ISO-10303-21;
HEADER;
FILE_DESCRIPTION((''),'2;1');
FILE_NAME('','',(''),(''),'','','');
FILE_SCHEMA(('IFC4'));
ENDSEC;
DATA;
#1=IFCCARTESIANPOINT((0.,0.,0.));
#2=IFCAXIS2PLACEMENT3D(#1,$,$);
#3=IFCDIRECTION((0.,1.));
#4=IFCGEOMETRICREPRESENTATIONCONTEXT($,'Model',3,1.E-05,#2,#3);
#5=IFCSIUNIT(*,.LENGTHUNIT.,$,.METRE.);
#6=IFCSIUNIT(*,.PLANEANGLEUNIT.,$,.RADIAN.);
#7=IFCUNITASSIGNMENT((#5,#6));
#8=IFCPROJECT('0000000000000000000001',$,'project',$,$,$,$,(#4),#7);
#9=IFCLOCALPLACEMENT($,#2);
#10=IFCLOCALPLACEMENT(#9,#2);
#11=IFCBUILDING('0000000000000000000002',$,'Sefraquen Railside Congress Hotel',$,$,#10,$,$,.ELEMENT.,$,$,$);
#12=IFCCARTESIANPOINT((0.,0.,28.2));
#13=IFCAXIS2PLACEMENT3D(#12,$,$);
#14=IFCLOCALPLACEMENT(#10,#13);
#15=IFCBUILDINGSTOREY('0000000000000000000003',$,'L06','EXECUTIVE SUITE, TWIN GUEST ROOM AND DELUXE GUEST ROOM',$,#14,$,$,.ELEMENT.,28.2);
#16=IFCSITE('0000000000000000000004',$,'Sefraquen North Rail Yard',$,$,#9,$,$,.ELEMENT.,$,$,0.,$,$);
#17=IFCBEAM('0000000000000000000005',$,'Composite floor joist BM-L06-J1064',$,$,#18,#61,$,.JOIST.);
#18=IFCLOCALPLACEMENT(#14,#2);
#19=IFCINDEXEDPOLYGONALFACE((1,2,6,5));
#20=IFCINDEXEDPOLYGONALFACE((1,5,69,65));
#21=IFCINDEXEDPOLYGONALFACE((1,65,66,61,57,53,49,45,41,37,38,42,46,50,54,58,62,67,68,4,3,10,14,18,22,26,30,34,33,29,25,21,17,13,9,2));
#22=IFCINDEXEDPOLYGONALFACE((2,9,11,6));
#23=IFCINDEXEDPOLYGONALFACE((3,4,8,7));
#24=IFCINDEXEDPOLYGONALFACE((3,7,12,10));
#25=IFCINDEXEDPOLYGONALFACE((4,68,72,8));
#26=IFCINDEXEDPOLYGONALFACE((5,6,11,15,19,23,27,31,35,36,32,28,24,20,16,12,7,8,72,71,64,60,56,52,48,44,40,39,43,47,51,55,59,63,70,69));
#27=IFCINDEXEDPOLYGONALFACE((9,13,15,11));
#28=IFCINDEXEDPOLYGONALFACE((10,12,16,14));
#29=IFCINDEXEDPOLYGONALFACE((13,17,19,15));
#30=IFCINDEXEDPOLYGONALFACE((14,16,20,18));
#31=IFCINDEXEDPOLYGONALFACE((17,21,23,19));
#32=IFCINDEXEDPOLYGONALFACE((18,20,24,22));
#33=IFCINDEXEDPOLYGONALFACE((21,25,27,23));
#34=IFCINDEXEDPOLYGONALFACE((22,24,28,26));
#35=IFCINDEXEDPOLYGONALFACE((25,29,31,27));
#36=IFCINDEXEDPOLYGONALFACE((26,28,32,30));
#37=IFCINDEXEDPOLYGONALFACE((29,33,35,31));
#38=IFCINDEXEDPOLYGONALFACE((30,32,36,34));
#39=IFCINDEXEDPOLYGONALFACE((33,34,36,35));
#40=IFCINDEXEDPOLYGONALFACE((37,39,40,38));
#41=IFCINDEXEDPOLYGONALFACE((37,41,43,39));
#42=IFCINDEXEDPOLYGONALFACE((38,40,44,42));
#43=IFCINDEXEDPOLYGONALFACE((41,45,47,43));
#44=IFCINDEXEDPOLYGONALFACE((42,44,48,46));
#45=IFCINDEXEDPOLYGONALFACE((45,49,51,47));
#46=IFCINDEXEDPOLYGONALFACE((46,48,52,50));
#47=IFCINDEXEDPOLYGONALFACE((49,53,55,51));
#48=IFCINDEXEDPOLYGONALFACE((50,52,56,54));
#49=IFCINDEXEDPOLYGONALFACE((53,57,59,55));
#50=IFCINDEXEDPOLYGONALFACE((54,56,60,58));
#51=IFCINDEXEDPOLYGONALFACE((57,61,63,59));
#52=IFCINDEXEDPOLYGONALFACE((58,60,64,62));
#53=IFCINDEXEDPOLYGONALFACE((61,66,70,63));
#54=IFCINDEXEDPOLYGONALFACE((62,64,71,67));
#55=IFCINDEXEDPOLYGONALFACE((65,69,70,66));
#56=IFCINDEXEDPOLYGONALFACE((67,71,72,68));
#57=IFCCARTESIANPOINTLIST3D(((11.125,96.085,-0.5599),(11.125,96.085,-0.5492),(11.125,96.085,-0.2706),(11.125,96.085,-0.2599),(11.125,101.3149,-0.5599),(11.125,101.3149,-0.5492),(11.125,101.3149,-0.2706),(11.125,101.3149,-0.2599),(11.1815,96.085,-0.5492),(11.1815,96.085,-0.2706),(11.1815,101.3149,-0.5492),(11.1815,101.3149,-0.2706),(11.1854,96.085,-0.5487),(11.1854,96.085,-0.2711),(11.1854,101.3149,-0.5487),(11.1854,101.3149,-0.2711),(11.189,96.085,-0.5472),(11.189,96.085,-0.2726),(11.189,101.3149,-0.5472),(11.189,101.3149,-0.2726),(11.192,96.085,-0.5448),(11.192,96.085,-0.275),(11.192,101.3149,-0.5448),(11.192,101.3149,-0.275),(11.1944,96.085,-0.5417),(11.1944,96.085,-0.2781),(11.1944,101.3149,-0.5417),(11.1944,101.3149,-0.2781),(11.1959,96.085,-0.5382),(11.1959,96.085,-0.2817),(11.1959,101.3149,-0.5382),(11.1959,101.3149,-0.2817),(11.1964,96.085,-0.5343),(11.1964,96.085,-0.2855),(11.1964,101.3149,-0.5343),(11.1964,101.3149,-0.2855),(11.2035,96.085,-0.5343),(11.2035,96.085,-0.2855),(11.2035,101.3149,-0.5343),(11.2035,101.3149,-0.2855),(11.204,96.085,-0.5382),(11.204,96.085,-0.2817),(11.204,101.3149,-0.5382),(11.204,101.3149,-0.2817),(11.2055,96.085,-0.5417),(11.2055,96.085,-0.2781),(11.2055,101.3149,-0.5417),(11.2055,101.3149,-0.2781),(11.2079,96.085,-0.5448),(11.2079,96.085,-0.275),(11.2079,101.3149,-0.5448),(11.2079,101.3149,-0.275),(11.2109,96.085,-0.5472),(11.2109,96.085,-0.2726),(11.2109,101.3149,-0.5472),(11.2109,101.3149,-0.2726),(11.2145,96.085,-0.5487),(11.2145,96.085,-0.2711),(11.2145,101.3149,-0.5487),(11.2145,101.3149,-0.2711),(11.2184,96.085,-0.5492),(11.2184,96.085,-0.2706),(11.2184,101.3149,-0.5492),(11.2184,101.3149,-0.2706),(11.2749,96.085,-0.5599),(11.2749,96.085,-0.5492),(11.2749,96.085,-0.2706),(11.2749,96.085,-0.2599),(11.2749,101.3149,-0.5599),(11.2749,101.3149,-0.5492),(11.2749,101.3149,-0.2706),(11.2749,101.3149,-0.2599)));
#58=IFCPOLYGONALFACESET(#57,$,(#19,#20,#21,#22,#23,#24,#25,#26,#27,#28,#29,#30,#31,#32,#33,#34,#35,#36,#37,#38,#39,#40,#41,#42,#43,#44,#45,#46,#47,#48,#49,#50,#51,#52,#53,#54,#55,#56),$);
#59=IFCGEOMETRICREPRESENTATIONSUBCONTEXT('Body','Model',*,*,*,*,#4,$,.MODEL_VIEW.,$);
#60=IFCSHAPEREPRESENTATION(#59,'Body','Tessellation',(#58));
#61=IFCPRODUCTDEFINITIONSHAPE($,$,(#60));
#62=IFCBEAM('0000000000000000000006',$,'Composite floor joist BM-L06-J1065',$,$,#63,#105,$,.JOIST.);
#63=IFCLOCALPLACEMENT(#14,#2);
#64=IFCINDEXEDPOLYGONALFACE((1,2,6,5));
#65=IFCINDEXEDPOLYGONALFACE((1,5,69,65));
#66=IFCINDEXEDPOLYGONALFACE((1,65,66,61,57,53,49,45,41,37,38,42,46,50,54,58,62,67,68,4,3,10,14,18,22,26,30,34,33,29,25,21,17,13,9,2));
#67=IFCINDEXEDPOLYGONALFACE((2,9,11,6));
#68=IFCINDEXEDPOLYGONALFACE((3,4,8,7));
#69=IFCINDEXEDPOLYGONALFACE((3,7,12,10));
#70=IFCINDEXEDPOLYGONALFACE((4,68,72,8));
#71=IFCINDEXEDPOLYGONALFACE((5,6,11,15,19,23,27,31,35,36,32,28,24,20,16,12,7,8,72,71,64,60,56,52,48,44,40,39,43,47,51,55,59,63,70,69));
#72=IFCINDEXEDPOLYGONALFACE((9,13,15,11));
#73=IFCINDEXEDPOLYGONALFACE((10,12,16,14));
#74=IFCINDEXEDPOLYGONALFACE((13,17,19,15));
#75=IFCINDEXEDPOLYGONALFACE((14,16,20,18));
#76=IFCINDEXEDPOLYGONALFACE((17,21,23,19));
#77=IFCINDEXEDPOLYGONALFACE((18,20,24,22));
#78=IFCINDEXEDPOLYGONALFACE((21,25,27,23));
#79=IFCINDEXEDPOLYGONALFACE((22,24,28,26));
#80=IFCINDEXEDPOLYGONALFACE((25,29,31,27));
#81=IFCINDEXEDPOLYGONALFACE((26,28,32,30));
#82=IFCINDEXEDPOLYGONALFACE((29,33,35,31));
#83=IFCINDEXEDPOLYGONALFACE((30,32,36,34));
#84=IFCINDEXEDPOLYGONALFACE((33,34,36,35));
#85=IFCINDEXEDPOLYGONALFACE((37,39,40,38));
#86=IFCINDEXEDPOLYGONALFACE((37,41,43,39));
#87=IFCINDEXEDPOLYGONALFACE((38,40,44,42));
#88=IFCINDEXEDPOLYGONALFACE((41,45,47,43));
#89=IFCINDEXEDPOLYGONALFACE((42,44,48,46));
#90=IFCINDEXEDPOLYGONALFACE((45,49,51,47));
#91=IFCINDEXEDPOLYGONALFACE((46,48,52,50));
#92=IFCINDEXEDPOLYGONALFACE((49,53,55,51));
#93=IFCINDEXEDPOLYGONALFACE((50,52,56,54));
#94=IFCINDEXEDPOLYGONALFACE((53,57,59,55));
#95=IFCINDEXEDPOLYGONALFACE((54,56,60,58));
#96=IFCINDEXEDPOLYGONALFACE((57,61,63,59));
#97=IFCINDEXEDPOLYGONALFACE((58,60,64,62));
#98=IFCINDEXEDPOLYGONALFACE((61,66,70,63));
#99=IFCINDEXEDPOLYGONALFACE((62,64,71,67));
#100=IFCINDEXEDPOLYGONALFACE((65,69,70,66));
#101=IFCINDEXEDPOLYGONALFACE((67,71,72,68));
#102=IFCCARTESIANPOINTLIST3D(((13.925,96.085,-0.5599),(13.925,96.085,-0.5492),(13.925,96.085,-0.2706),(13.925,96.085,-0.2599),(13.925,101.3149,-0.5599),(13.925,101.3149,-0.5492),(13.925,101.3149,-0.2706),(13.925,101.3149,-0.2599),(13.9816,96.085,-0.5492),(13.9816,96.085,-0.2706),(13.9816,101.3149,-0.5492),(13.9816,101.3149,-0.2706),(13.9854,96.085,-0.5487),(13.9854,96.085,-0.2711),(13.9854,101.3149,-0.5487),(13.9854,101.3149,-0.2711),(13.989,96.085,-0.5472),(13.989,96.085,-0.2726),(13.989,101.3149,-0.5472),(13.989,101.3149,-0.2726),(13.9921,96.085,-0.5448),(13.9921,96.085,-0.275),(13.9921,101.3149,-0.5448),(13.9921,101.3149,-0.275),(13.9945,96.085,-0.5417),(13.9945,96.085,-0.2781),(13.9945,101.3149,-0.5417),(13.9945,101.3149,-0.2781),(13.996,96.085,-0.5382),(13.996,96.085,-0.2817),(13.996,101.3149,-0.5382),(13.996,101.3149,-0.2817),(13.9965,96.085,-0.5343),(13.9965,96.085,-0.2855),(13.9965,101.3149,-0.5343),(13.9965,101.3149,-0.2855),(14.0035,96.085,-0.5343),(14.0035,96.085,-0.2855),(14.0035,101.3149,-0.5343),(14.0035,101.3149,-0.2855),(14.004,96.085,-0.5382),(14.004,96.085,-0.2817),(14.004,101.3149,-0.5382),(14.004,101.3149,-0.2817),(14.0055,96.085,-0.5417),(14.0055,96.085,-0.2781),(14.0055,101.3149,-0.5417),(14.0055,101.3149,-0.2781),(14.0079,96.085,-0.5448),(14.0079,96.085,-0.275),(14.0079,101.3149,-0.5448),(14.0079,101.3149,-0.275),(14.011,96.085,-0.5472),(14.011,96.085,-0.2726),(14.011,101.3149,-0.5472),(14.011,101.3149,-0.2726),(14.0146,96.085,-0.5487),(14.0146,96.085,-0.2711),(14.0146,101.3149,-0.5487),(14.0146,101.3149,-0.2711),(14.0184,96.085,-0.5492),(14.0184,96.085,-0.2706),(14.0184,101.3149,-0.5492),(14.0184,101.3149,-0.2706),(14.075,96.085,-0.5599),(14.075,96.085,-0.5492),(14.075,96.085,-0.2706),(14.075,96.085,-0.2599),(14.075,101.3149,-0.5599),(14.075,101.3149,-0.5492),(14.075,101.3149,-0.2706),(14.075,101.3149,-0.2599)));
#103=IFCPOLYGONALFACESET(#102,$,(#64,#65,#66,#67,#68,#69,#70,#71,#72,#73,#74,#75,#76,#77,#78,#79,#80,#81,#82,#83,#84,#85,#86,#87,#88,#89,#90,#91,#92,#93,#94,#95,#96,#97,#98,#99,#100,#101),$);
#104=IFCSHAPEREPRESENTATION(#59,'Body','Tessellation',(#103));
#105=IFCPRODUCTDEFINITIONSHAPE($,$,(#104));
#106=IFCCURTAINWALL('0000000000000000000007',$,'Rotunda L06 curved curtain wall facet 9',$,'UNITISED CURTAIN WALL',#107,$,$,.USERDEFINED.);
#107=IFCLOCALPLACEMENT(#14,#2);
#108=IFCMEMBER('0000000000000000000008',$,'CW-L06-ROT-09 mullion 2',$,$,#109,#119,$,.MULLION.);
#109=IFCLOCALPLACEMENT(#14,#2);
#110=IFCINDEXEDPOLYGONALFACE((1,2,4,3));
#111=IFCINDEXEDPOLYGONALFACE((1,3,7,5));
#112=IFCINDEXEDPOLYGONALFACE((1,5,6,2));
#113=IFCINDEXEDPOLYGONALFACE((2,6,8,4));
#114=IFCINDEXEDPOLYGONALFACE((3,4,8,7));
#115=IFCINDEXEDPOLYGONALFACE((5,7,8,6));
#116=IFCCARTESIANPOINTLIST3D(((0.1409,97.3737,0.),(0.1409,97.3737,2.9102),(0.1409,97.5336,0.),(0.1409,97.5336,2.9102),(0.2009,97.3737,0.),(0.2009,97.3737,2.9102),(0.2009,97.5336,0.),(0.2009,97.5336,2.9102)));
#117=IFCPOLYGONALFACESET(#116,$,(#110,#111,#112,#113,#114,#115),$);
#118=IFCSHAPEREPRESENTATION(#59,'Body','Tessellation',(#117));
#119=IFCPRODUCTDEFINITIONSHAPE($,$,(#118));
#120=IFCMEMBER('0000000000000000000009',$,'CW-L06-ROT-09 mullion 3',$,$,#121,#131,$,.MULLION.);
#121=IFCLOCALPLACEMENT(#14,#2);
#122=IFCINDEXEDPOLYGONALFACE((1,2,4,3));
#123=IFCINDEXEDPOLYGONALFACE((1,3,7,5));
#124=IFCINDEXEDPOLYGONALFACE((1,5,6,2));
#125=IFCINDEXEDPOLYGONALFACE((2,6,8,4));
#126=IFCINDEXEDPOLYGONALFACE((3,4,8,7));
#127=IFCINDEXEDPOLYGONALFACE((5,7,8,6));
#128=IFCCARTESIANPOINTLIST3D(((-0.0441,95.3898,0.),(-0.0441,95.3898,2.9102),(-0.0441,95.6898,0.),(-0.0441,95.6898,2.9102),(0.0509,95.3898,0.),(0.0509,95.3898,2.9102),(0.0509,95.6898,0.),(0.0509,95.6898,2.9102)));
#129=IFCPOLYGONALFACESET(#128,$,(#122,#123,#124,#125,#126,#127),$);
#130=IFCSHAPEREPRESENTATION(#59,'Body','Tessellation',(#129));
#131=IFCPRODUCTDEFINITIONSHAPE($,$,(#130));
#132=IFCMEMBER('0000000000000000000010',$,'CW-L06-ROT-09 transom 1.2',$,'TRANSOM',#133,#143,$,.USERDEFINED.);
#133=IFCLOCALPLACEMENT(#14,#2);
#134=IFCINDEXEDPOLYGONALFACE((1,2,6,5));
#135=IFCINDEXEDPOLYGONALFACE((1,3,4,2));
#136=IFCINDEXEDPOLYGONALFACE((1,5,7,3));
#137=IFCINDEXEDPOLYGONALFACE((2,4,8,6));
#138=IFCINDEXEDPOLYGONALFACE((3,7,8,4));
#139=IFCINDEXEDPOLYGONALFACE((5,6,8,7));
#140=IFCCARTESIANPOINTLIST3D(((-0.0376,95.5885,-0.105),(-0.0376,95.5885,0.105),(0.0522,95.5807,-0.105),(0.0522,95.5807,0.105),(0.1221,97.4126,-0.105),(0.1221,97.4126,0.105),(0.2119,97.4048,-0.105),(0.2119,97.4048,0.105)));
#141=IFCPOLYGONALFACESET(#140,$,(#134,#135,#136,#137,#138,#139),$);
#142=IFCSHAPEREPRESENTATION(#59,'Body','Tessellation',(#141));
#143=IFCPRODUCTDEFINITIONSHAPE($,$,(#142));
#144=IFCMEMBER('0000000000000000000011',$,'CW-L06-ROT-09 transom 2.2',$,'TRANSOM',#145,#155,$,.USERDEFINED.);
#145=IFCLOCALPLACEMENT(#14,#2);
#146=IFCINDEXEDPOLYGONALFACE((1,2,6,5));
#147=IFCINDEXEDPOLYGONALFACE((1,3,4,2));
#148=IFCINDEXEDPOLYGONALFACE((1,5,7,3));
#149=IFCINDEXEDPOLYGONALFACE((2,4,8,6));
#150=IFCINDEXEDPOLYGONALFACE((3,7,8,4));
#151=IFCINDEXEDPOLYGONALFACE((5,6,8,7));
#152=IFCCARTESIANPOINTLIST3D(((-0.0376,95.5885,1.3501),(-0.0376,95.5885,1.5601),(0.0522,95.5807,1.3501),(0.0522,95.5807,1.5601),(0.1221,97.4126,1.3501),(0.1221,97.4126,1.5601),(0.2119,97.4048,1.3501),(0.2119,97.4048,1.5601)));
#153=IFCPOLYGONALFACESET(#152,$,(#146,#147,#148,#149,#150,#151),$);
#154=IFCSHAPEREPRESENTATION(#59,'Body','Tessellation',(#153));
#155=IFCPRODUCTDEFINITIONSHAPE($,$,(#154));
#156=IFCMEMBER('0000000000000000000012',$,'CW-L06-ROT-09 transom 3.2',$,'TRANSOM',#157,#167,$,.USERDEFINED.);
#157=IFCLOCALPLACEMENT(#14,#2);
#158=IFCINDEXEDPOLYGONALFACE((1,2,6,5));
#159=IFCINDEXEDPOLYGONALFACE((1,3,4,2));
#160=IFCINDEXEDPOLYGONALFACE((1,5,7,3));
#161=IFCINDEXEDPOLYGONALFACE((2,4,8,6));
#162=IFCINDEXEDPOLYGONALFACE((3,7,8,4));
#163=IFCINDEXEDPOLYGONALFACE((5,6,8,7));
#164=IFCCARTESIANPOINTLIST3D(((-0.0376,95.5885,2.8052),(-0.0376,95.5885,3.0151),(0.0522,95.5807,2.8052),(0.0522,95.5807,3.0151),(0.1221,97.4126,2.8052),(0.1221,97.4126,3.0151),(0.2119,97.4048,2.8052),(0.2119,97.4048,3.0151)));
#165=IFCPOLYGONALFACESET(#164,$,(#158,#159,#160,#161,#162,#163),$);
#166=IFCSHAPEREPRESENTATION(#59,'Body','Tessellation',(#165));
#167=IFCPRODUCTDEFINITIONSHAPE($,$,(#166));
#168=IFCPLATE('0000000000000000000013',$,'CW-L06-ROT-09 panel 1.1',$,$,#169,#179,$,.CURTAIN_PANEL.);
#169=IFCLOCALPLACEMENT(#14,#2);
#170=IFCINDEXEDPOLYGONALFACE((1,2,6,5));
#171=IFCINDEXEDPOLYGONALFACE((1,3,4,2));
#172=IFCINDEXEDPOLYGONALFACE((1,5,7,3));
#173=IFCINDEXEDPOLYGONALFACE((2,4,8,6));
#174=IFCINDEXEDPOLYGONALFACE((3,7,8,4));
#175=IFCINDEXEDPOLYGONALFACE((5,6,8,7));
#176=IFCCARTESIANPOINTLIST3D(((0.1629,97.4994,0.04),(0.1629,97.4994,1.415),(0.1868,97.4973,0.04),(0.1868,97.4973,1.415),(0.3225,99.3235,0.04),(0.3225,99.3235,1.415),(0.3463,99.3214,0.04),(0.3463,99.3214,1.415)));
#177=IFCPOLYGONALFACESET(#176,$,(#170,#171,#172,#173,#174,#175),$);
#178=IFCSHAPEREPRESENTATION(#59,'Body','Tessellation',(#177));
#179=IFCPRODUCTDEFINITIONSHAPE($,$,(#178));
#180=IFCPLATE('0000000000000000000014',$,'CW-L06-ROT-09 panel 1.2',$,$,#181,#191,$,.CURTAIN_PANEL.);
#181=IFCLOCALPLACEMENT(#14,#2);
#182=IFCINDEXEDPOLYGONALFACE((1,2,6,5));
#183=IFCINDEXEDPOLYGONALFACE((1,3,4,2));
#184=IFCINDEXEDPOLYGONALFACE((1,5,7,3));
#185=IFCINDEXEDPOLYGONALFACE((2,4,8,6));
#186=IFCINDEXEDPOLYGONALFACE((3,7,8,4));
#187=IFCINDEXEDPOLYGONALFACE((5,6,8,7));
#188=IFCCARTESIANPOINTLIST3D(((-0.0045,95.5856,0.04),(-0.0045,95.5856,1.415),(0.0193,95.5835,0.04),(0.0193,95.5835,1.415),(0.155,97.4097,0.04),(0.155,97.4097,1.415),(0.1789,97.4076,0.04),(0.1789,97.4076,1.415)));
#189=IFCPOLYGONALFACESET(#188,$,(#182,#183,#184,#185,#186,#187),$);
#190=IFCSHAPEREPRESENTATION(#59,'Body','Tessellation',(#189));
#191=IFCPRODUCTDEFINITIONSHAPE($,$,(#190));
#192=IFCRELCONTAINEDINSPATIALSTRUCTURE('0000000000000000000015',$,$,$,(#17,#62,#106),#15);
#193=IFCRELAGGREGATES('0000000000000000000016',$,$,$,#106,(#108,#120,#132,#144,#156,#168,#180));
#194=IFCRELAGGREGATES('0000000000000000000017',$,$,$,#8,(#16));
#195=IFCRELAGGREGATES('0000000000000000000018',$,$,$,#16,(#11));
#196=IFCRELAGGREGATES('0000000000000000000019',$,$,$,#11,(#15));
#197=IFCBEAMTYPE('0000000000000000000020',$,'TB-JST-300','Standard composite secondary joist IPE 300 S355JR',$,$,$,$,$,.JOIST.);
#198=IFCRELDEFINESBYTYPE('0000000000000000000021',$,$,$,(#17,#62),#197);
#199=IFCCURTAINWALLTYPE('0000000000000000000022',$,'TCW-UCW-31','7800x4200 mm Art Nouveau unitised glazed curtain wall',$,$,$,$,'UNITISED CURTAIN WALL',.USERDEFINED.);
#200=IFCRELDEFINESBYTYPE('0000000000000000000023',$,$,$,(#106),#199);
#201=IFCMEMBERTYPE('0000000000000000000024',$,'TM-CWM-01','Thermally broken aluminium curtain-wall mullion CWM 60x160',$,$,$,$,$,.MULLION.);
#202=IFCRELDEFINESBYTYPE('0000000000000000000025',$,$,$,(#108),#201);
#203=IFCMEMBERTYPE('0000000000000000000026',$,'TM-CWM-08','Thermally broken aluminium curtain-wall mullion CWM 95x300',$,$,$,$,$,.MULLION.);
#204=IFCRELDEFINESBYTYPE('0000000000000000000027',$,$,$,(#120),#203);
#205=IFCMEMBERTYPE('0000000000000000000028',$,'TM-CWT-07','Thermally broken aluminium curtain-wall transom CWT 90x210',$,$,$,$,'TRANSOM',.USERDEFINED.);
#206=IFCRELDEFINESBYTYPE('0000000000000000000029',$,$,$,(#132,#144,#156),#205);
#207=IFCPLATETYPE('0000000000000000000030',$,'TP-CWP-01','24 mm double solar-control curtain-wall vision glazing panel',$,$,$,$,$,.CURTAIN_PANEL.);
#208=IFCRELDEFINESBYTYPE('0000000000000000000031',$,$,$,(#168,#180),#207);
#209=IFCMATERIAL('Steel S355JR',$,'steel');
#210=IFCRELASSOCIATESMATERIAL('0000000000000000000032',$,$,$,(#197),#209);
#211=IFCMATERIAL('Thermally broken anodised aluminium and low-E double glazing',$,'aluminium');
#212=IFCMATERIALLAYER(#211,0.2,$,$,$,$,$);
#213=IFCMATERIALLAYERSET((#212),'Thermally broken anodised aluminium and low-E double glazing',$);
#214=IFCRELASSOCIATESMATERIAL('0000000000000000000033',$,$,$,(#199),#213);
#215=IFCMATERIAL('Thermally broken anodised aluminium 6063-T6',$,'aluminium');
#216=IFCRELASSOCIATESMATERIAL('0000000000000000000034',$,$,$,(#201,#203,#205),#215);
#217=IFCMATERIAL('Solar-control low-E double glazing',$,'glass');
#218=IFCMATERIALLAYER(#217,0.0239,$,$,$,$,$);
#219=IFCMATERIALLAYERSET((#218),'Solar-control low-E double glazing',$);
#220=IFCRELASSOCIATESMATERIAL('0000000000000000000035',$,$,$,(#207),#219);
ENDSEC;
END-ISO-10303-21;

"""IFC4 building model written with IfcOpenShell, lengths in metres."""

from ifc_helpers import new_model, si_unit, direction, frame, origin, origin_2d, place, context, subcontext, project, spatial, rectangle, i_section, extrude, material, layer, layer_set, material_profile, profile_set, type_object, element, aggregate, save


model = new_model("IFC4")

# Units and contexts
model_context = context("Model", 3, precision=1e-05, world=origin(), true_north=direction((0.0, 1.0)))
body_context = subcontext(model_context, "Body", "Model", "MODEL_VIEW")
ifc_project = project(units=[si_unit("LENGTHUNIT", "METRE"), si_unit("PLANEANGLEUNIT", "RADIAN")], contexts=[model_context])

# Site, building, storey
site_placement = place(None, origin())
site = spatial("IfcSite", under=ifc_project, at=site_placement, Name="Sefraquen North Rail Yard", CompositionType="ELEMENT", RefElevation=0.0)
building_placement = place(site_placement, origin())
building = spatial("IfcBuilding", under=site, at=building_placement, Name="Sefraquen Railside Congress Hotel", CompositionType="ELEMENT")
storey_placement = place(building_placement, frame((0.0, 0.0, 28.2)))
storey = spatial("IfcBuildingStorey", under=building, at=storey_placement, Name="L06", Description="EXECUTIVE SUITE, TWIN GUEST ROOM AND DELUXE GUEST ROOM", CompositionType="ELEMENT", Elevation=28.2)

# Shared definitions
ifc_material_1 = material(Name="Steel S355JR", Category="steel")

# Beams
ifc_material_profile_1 = material_profile(ifc_material_1, i_section(OverallWidth=0.1499, OverallDepth=0.3, WebThickness=0.0071, FlangeThickness=0.0107, FilletRadius=0.0149, at=origin_2d()), Name="IPE 300")
ifc_profile_set_1 = profile_set([ifc_material_profile_1], Name="Steel S355JR")
beam_type_1 = type_object("IfcBeamType", Name="TB-JST-300", Description="Standard composite secondary joist IPE 300 S355JR", PredefinedType="JOIST", material=ifc_profile_set_1)
for number, where, z_axis, x_axis, name in (
    (1, (11.2, 96.085, -0.4099), (0.0, 1.0, 0.0), (-1.0, 0.0, 0.0), "Composite floor joist BM-L06-J1064"),
    (2, (14.0, 96.085, -0.4099), (0.0, 1.0, 0.0), (-1.0, 0.0, 0.0), "Composite floor joist BM-L06-J1065"),
):
    element("IfcBeam", number, at=place(storey_placement, frame(where, z_axis=z_axis, x_axis=x_axis)), inside=storey, type_object=beam_type_1, Name=name, PredefinedType="JOIST", context=body_context, shape_type="SweptSolid", body=[
        extrude(i_section(OverallWidth=0.1499, OverallDepth=0.3, WebThickness=0.0071, FlangeThickness=0.0107, FilletRadius=0.0149, at=origin_2d()), origin(), (0.0, 0.0, 1.0), 5.23),
    ])

# Curtain wall, members, plates
ifc_material_2 = material(Name="Thermally broken anodised aluminium and low-E double glazing", Category="aluminium")
ifc_layer_1 = layer(ifc_material_2, 0.2)
ifc_layer_set_1 = layer_set([ifc_layer_1], Name="Thermally broken anodised aluminium and low-E double glazing")
curtain_wall_type = type_object("IfcCurtainWallType", Name="TCW-UCW-31", Description="7800x4200 mm Art Nouveau unitised glazed curtain wall", ElementType="UNITISED CURTAIN WALL", PredefinedType="USERDEFINED", material=ifc_layer_set_1)
curtain_wall_placement = place(storey_placement, origin())
curtain_wall = element("IfcCurtainWall", 3, at=curtain_wall_placement, inside=storey, type_object=curtain_wall_type, Name="Rotunda L06 curved curtain wall facet 9", ObjectType="UNITISED CURTAIN WALL", PredefinedType="USERDEFINED")
ifc_material_3 = material(Name="Thermally broken anodised aluminium 6063-T6", Category="aluminium")
ifc_material_profile_2 = material_profile(ifc_material_3, rectangle(XDim=0.0601, YDim=0.1599, at=origin_2d()), Name="CWM 60x160")
ifc_profile_set_2 = profile_set([ifc_material_profile_2], Name="Thermally broken anodised aluminium 6063-T6")
member_type_1 = type_object("IfcMemberType", Name="TM-CWM-01", Description="Thermally broken aluminium curtain-wall mullion CWM 60x160", PredefinedType="MULLION", material=ifc_profile_set_2)
member_1_placement = place(storey_placement, frame((0.1709, 97.4536, 0.0), z_axis=(0.0, 0.0, 1.0), x_axis=(1.0, 0.0, 0.0)))
member_1 = element("IfcMember", 4, at=member_1_placement, type_object=member_type_1, Name="CW-L06-ROT-09 mullion 2", PredefinedType="MULLION", context=body_context, shape_type="SweptSolid", body=[
    extrude(rectangle(XDim=0.0601, YDim=0.1599, at=origin_2d()), origin(), (0.0, 0.0, 1.0), 2.9102),
])
ifc_material_profile_3 = material_profile(ifc_material_3, rectangle(XDim=0.095, YDim=0.3, at=origin_2d()), Name="CWM 95x300")
ifc_profile_set_3 = profile_set([ifc_material_profile_3], Name="Thermally broken anodised aluminium 6063-T6")
member_type_2 = type_object("IfcMemberType", Name="TM-CWM-08", Description="Thermally broken aluminium curtain-wall mullion CWM 95x300", PredefinedType="MULLION", material=ifc_profile_set_3)
member_2_placement = place(storey_placement, frame((0.0034, 95.5398, 0.0), z_axis=(0.0, 0.0, 1.0), x_axis=(1.0, 0.0, 0.0)))
member_2 = element("IfcMember", 5, at=member_2_placement, type_object=member_type_2, Name="CW-L06-ROT-09 mullion 3", PredefinedType="MULLION", context=body_context, shape_type="SweptSolid", body=[
    extrude(rectangle(XDim=0.095, YDim=0.3, at=origin_2d()), origin(), (0.0, 0.0, 1.0), 2.9102),
])
ifc_material_profile_4 = material_profile(ifc_material_3, rectangle(XDim=0.0901, YDim=0.21, at=origin_2d()), Name="CWT 90x210")
ifc_profile_set_4 = profile_set([ifc_material_profile_4], Name="Thermally broken anodised aluminium 6063-T6")
member_type_3 = type_object("IfcMemberType", Name="TM-CWT-07", Description="Thermally broken aluminium curtain-wall transom CWT 90x210", ElementType="TRANSOM", PredefinedType="USERDEFINED", material=ifc_profile_set_4)
member_3_placement = place(storey_placement, frame((0.167, 97.4087, 0.0), z_axis=(-0.087205, -0.99619, 0.0), x_axis=(0.99619, -0.087205, 0.0)))
member_3 = element("IfcMember", 6, at=member_3_placement, type_object=member_type_3, Name="CW-L06-ROT-09 transom 1.2", ObjectType="TRANSOM", PredefinedType="USERDEFINED", context=body_context, shape_type="SweptSolid", body=[
    extrude(rectangle(XDim=0.0901, YDim=0.21, at=origin_2d()), origin(), (0.0, 0.0, 1.0), 1.8311),
])
member_4_placement = place(storey_placement, frame((0.167, 97.4087, 1.4551), z_axis=(-0.087205, -0.99619, 0.0), x_axis=(0.99619, -0.087205, 0.0)))
member_4 = element("IfcMember", 7, at=member_4_placement, type_object=member_type_3, Name="CW-L06-ROT-09 transom 2.2", ObjectType="TRANSOM", PredefinedType="USERDEFINED", context=body_context, shape_type="SweptSolid", body=[
    extrude(rectangle(XDim=0.0901, YDim=0.21, at=origin_2d()), origin(), (0.0, 0.0, 1.0), 1.8311),
])
member_5_placement = place(storey_placement, frame((0.167, 97.4087, 2.9102), z_axis=(-0.087205, -0.99619, 0.0), x_axis=(0.99619, -0.087205, 0.0)))
member_5 = element("IfcMember", 8, at=member_5_placement, type_object=member_type_3, Name="CW-L06-ROT-09 transom 3.2", ObjectType="TRANSOM", PredefinedType="USERDEFINED", context=body_context, shape_type="SweptSolid", body=[
    extrude(rectangle(XDim=0.0901, YDim=0.21, at=origin_2d()), origin(), (0.0, 0.0, 1.0), 1.8311),
])
ifc_material_4 = material(Name="Solar-control low-E double glazing", Category="glass")
ifc_layer_2 = layer(ifc_material_4, 0.0239)
ifc_layer_set_2 = layer_set([ifc_layer_2], Name="Solar-control low-E double glazing")
plate_type_1 = type_object("IfcPlateType", Name="TP-CWP-01", Description="24 mm double solar-control curtain-wall vision glazing panel", PredefinedType="CURTAIN_PANEL", material=ifc_layer_set_2)
plate_1_placement = place(storey_placement, frame((0.2546, 98.4104, 0.04), z_axis=(0.0, 0.0, 1.0), x_axis=(-0.087138, -0.996196, 0.0)))
plate_1 = element("IfcPlate", 9, at=plate_1_placement, type_object=plate_type_1, Name="CW-L06-ROT-09 panel 1.1", PredefinedType="CURTAIN_PANEL", context=body_context, shape_type="SweptSolid", body=[
    extrude(rectangle(XDim=1.8311, YDim=0.0239, at=origin_2d()), origin(), (0.0, 0.0, 1.0), 1.375),
])
plate_2_placement = place(storey_placement, frame((0.0872, 96.4966, 0.04), z_axis=(0.0, 0.0, 1.0), x_axis=(-0.087138, -0.996196, 0.0)))
plate_2 = element("IfcPlate", 10, at=plate_2_placement, type_object=plate_type_1, Name="CW-L06-ROT-09 panel 1.2", PredefinedType="CURTAIN_PANEL", context=body_context, shape_type="SweptSolid", body=[
    extrude(rectangle(XDim=1.8311, YDim=0.0239, at=origin_2d()), origin(), (0.0, 0.0, 1.0), 1.375),
])
aggregate(curtain_wall, [member_1, member_2, member_3, member_4, member_5, plate_1, plate_2])

save(model, "model.ifc")
